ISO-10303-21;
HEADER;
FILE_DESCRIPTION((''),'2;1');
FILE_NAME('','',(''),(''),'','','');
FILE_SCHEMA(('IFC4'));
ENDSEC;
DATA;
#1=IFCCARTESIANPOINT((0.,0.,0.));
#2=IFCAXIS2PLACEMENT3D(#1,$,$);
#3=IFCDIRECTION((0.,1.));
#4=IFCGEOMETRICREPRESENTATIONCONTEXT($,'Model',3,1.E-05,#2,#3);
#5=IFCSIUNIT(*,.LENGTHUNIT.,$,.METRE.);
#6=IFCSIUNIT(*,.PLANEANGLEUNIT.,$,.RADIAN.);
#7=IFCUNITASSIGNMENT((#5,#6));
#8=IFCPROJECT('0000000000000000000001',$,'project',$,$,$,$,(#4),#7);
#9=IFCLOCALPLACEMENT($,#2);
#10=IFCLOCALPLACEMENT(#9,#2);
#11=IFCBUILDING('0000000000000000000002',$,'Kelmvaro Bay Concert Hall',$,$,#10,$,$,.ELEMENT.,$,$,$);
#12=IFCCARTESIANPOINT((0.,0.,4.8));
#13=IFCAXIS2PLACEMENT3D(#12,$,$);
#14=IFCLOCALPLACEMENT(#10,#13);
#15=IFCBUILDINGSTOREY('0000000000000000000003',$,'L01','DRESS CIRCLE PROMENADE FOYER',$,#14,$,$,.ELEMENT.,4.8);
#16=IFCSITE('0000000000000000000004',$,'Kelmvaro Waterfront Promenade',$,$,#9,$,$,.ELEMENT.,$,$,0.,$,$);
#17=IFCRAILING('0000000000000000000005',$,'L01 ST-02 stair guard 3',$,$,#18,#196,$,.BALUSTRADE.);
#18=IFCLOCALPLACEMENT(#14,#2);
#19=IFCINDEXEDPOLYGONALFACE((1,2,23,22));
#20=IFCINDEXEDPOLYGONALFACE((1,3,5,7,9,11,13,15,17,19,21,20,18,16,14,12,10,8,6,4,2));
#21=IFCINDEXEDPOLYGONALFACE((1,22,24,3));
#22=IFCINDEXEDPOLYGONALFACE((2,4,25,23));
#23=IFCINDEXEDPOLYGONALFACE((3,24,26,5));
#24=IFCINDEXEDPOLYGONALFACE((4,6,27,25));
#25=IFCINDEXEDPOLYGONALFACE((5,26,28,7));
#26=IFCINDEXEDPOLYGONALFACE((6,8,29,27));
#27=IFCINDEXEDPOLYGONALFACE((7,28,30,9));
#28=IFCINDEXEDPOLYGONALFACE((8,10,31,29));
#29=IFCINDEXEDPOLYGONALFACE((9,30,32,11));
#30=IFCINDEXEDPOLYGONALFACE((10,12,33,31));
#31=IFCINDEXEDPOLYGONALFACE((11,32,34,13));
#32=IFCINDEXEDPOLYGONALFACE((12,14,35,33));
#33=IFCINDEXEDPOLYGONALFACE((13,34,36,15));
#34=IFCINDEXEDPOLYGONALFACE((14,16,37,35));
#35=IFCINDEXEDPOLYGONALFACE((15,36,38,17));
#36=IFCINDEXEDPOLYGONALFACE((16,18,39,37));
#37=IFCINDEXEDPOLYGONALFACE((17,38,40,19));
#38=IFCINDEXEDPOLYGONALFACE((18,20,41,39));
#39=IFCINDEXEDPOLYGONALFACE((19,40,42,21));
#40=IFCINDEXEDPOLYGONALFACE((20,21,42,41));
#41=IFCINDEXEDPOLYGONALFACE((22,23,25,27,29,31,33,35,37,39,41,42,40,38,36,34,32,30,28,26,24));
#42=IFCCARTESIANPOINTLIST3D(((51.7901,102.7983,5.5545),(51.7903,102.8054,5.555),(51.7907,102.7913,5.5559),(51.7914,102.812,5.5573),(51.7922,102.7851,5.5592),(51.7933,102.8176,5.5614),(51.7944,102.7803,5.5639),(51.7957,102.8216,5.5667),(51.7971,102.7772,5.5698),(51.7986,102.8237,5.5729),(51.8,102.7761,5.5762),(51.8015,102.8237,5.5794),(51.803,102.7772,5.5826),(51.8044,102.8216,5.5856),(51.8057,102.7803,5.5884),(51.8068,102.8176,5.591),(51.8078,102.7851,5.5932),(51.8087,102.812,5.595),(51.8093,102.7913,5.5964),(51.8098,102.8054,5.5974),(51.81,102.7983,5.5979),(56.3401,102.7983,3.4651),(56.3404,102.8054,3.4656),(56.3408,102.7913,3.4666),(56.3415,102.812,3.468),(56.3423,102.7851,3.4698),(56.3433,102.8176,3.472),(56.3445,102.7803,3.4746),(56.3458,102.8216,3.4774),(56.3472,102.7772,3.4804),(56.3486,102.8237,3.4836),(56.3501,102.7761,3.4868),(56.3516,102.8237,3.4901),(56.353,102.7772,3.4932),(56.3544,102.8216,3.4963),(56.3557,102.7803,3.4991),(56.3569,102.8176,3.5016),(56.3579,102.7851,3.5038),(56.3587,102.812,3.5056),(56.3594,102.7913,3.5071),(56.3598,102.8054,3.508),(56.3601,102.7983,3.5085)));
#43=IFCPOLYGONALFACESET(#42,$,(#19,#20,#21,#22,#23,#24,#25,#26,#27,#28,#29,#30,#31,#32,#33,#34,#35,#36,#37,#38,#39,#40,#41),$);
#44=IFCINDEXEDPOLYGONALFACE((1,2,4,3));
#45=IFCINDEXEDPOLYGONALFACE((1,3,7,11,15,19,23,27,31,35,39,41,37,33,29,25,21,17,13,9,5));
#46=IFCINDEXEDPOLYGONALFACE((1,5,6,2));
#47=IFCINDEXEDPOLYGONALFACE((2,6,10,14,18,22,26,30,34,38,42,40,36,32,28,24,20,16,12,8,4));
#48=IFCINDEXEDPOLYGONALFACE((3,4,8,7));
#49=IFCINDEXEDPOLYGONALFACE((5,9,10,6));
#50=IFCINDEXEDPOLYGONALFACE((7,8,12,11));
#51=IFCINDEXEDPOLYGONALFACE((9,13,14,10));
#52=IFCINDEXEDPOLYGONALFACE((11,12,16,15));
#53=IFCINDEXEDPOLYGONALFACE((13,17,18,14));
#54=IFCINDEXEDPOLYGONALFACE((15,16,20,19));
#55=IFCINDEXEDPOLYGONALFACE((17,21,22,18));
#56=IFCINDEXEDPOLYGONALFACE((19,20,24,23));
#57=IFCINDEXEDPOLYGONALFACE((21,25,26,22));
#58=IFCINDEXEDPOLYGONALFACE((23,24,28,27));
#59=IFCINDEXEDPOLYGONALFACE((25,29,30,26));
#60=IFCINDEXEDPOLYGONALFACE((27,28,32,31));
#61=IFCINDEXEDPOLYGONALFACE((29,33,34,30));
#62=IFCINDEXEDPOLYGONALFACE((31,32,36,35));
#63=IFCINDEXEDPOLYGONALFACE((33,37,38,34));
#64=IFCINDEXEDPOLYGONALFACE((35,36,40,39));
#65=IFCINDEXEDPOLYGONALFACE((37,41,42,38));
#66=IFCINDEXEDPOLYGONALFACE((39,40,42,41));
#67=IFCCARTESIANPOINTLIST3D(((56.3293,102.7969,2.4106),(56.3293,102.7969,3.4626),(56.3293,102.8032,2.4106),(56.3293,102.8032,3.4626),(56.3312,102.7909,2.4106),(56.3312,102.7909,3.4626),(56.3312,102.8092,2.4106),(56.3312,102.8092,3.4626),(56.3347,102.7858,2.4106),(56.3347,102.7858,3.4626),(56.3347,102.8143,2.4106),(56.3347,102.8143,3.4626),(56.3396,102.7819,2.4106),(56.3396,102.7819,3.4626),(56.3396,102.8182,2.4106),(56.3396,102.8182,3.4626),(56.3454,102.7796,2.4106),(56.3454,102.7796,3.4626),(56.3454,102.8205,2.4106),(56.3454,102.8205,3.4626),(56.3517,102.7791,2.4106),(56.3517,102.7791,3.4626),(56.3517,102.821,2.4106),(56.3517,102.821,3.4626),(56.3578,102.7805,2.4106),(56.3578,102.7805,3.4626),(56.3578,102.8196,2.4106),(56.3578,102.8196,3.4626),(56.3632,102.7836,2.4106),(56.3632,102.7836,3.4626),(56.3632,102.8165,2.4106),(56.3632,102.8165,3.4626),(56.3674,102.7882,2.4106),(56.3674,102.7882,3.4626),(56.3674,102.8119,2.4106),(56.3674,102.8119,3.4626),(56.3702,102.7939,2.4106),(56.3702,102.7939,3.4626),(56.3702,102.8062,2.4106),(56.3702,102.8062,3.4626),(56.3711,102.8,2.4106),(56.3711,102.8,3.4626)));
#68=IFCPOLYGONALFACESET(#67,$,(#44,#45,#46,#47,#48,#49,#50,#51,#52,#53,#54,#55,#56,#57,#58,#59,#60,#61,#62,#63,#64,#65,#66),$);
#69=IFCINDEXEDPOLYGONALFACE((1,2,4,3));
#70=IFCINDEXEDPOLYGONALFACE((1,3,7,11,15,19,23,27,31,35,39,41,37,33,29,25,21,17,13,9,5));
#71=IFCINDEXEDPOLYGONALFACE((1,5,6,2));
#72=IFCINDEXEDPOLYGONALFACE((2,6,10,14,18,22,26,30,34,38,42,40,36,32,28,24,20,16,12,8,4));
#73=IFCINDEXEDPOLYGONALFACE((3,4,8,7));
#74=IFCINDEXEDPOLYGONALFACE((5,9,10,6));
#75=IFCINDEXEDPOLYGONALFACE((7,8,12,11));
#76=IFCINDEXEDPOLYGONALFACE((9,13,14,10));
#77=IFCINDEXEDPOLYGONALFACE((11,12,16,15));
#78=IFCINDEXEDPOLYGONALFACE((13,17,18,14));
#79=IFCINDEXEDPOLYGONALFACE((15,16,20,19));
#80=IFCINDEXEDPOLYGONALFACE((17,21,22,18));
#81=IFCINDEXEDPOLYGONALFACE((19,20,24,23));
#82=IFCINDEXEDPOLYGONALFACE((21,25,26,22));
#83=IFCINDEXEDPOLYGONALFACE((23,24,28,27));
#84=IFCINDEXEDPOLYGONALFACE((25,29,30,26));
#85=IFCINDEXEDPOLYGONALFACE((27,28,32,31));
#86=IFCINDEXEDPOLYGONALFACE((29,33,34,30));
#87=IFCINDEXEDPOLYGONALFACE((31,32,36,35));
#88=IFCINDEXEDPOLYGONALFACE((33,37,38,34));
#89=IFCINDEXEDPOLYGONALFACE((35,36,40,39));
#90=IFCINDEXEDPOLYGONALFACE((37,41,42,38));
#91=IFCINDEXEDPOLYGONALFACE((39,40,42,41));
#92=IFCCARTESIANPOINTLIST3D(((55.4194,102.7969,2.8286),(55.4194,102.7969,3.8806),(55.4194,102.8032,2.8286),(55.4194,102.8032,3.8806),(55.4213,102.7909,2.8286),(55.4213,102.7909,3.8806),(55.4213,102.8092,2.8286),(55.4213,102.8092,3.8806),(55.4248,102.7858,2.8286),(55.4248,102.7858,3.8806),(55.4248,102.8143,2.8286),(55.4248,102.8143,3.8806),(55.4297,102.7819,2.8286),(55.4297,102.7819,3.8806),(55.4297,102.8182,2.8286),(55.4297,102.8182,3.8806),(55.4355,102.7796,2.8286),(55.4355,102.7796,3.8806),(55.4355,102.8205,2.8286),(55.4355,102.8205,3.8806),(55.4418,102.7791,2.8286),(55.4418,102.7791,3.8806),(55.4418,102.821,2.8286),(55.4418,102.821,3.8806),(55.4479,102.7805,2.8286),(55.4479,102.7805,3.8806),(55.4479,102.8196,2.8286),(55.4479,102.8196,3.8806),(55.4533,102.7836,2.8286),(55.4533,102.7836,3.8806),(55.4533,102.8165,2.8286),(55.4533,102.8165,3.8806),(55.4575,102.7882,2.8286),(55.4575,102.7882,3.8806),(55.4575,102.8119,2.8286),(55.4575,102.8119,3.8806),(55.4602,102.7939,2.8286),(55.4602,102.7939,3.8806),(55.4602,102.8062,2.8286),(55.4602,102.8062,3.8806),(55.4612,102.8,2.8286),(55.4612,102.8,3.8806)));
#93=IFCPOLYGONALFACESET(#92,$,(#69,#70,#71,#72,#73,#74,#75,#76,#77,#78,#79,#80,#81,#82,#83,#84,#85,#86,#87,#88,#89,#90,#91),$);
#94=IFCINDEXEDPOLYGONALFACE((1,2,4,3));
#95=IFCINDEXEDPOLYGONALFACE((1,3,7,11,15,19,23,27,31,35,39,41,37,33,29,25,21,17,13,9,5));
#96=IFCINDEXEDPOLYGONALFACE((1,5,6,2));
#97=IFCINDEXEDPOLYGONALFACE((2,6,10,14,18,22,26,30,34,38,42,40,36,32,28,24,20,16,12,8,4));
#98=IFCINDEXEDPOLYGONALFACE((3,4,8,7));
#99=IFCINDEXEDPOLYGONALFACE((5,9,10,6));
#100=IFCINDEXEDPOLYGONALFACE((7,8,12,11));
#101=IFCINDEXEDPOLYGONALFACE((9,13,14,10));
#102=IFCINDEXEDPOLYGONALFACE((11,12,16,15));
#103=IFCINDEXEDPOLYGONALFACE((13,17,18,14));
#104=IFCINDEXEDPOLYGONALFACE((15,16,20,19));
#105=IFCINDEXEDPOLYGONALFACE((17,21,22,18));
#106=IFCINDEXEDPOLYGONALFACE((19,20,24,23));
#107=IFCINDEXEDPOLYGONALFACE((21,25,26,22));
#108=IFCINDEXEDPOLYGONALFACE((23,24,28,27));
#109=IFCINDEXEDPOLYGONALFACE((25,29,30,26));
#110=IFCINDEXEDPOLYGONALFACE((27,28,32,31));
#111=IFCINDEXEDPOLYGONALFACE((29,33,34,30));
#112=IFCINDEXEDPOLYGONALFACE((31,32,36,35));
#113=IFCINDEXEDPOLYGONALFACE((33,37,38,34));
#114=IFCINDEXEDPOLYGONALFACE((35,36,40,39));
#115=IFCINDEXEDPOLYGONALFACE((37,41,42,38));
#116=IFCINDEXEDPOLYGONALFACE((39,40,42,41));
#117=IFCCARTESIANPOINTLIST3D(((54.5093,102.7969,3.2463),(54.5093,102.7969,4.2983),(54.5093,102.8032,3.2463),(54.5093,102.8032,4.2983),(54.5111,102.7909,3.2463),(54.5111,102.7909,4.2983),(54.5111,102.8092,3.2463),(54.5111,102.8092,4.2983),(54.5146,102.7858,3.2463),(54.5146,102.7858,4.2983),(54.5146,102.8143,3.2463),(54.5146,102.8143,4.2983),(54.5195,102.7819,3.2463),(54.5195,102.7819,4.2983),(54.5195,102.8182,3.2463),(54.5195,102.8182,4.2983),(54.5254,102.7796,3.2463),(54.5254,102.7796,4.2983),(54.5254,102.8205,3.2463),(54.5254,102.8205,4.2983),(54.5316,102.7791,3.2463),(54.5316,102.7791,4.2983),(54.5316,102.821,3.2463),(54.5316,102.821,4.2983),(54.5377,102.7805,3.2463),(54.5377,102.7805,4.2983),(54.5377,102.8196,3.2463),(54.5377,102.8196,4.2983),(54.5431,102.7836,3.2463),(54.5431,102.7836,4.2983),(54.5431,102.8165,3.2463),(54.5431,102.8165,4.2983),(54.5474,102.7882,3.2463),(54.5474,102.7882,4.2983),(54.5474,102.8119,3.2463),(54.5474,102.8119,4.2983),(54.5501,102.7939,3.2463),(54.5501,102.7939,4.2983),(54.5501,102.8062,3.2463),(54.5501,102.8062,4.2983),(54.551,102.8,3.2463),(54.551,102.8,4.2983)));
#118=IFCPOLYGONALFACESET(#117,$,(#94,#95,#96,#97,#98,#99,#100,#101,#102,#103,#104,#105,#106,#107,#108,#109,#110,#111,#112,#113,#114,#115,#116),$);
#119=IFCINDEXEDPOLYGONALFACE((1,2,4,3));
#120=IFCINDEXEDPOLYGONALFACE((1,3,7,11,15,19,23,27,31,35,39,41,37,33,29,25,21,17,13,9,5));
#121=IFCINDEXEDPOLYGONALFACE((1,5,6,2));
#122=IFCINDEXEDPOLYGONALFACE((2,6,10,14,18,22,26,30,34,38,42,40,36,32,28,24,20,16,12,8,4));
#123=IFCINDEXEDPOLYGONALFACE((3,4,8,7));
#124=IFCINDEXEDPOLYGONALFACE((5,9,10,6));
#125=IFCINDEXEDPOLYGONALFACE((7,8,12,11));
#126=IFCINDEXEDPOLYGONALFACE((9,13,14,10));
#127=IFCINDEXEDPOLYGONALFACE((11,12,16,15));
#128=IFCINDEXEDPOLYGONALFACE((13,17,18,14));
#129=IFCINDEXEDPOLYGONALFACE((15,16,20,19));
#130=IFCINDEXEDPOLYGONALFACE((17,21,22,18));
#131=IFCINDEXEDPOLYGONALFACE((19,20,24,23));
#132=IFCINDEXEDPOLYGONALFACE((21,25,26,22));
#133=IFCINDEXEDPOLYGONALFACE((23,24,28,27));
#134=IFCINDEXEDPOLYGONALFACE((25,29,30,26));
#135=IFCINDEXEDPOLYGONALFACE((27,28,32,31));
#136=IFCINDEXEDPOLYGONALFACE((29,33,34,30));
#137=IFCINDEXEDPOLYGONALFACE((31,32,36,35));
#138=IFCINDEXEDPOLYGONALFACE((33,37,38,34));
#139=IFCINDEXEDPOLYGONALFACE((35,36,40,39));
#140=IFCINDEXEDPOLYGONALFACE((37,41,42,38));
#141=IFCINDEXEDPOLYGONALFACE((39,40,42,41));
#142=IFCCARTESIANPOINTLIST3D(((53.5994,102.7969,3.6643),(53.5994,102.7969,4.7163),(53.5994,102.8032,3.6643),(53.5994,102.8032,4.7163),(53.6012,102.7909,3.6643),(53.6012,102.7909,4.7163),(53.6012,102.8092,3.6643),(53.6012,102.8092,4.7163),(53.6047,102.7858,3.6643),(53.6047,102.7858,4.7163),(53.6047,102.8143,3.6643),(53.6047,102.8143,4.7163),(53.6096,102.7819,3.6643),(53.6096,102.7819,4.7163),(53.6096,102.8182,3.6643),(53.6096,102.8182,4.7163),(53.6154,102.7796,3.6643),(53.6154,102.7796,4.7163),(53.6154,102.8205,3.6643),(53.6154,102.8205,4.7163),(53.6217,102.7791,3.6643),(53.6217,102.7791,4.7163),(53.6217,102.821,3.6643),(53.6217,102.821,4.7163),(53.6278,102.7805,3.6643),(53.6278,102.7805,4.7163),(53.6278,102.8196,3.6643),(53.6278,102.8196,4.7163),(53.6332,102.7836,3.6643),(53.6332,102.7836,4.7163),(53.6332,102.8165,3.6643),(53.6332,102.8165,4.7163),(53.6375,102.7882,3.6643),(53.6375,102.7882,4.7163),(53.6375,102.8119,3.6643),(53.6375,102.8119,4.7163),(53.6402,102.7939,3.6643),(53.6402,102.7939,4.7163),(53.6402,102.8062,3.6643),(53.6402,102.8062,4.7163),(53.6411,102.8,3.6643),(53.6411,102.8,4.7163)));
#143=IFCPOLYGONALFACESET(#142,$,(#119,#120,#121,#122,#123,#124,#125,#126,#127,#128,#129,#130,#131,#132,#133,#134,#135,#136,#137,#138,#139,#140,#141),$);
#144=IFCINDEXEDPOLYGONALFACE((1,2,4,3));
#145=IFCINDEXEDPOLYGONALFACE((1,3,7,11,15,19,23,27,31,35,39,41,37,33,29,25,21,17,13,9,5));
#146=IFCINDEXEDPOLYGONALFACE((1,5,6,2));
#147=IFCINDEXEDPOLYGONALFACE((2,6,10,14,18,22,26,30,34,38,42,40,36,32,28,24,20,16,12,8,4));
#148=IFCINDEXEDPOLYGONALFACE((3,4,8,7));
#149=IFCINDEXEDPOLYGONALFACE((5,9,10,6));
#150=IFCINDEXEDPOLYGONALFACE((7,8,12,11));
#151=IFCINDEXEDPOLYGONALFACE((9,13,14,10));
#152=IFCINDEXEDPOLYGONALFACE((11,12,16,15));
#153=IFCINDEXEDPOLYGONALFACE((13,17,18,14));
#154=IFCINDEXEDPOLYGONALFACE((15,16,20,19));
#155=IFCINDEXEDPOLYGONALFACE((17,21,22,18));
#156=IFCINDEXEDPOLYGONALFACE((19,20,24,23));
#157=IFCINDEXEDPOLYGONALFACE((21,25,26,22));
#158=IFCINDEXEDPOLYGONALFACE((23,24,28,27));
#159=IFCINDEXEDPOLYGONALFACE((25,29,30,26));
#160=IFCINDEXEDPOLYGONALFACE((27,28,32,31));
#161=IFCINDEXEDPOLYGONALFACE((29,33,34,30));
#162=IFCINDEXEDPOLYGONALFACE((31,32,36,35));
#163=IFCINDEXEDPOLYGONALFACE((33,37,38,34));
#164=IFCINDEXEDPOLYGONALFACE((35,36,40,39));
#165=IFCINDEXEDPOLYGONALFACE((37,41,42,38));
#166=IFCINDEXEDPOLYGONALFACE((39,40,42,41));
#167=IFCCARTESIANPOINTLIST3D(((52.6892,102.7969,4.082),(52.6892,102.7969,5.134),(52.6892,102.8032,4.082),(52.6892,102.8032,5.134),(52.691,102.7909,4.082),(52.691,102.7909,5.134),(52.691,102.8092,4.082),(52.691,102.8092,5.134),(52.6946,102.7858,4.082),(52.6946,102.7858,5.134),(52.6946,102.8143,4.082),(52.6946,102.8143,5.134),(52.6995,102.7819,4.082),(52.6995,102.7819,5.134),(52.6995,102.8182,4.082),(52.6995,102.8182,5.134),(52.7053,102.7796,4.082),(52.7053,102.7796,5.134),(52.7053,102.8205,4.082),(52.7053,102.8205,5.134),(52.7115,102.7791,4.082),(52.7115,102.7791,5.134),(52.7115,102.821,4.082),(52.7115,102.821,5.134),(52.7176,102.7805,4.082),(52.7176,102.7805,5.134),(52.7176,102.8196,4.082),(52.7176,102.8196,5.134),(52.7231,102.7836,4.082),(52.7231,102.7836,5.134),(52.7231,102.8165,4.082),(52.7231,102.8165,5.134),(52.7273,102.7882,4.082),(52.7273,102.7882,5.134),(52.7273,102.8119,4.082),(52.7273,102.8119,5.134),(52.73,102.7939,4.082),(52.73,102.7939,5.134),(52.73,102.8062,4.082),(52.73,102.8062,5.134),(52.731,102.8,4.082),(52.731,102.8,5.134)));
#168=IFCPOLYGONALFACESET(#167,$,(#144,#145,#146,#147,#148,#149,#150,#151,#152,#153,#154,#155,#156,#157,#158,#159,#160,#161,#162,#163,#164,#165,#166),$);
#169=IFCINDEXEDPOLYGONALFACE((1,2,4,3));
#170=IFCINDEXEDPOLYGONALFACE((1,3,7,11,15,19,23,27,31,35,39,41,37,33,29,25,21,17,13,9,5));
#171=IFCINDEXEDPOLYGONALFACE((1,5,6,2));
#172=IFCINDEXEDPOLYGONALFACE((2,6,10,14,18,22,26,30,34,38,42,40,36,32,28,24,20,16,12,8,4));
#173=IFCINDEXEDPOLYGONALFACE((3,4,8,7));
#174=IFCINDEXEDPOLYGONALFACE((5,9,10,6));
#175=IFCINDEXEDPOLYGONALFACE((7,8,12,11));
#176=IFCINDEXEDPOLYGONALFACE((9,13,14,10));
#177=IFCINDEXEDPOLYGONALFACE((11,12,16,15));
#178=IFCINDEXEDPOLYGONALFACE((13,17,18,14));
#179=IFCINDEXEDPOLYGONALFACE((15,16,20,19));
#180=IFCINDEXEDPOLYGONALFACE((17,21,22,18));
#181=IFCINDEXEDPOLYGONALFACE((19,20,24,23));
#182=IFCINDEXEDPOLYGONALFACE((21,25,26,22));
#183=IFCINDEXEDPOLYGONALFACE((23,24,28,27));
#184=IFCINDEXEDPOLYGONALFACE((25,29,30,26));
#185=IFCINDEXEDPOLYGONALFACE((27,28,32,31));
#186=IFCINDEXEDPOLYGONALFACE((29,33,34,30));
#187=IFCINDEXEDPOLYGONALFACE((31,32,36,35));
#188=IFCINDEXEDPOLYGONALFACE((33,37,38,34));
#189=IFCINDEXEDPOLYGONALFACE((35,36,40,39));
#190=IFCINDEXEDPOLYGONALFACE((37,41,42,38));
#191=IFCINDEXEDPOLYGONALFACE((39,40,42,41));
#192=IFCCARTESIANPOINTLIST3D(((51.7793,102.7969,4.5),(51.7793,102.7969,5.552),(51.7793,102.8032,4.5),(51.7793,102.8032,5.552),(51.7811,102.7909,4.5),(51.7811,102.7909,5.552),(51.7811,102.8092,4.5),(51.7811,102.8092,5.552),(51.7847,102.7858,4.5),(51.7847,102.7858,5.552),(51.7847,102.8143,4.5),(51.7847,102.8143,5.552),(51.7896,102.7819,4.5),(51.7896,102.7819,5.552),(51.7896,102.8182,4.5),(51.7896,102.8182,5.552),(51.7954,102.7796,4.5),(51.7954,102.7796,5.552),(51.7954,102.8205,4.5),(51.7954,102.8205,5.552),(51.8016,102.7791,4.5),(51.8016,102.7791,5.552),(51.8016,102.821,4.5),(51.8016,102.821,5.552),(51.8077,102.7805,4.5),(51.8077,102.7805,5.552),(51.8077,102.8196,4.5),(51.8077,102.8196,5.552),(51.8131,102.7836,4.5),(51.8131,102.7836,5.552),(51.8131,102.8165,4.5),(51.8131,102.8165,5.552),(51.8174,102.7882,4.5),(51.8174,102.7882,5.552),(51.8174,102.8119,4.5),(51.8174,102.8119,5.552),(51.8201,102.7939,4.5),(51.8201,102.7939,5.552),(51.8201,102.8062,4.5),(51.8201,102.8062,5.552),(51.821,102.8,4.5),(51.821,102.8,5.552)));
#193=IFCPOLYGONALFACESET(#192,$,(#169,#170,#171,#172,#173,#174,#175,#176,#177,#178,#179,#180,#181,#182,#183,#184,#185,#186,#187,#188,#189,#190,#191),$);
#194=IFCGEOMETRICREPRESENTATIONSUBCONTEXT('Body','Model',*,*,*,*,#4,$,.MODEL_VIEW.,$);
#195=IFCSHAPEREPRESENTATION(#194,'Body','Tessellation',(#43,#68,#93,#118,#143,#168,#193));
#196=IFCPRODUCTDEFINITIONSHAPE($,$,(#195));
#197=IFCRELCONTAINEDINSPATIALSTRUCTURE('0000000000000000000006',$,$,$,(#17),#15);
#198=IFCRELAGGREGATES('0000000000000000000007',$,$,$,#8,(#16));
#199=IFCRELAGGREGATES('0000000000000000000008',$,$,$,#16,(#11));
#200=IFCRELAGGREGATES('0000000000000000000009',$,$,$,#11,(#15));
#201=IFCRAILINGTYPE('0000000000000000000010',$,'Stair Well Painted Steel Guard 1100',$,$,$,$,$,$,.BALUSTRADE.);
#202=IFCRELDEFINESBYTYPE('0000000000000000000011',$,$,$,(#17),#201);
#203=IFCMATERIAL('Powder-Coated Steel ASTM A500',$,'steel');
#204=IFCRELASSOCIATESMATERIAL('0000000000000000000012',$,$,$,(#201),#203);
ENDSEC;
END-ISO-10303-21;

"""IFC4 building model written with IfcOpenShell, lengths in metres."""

from ifc_helpers import new_model, si_unit, direction, frame, origin, origin_2d, place, context, subcontext, project, spatial, circle, extrude, material, type_object, element, save


model = new_model("IFC4")

# Units and contexts
model_context = context("Model", 3, precision=1e-05, world=origin(), true_north=direction((0.0, 1.0)))
body_context = subcontext(model_context, "Body", "Model", "MODEL_VIEW")
ifc_project = project(units=[si_unit("LENGTHUNIT", "METRE"), si_unit("PLANEANGLEUNIT", "RADIAN")], contexts=[model_context])

# Site, building, storey
site_placement = place(None, origin())
site = spatial("IfcSite", under=ifc_project, at=site_placement, Name="Kelmvaro Waterfront Promenade", CompositionType="ELEMENT", RefElevation=0.0)
building_placement = place(site_placement, origin())
building = spatial("IfcBuilding", under=site, at=building_placement, Name="Kelmvaro Bay Concert Hall", CompositionType="ELEMENT")
storey_placement = place(building_placement, frame((0.0, 0.0, 4.8)))
storey = spatial("IfcBuildingStorey", under=building, at=storey_placement, Name="L01", Description="DRESS CIRCLE PROMENADE FOYER", CompositionType="ELEMENT", Elevation=4.8)

# Railing
ifc_material_1 = material(Name="Powder-Coated Steel ASTM A500", Category="steel")
railing_type_1 = type_object("IfcRailingType", Name="Stair Well Painted Steel Guard 1100", PredefinedType="BALUSTRADE", material=ifc_material_1)
railing_1_placement = place(storey_placement, frame((56.3501, 102.8, 2.4106)))
element("IfcRailing", 1, at=railing_1_placement, inside=storey, type_object=railing_type_1, Name="L01 ST-02 stair guard 3", PredefinedType="BALUSTRADE", context=body_context, shape_type="SweptSolid", body=[
    extrude(circle(Radius=0.0239, at=origin_2d()), frame((0.0, 0.0, 1.0762), z_axis=(-0.908768, 0.0, 0.417301), x_axis=(0.0, -1.0, 0.0)), (0.0, 0.0, 1.0), 5.0068),
    extrude(circle(Radius=0.021, at=origin_2d()), origin(), (0.0, 0.0, 1.0), 1.052),
    extrude(circle(Radius=0.021, at=origin_2d()), frame((-0.9099, 0.0, 0.418)), (0.0, 0.0, 1.0), 1.052),
    extrude(circle(Radius=0.021, at=origin_2d()), frame((-1.8201, 0.0, 0.8357)), (0.0, 0.0, 1.0), 1.052),
    extrude(circle(Radius=0.021, at=origin_2d()), frame((-2.73, 0.0, 1.2537)), (0.0, 0.0, 1.0), 1.052),
    extrude(circle(Radius=0.021, at=origin_2d()), frame((-3.6401, 0.0, 1.6714)), (0.0, 0.0, 1.0), 1.052),
    extrude(circle(Radius=0.021, at=origin_2d()), frame((-4.55, 0.0, 2.0894)), (0.0, 0.0, 1.0), 1.052),
])

save(model, "model.ifc")
